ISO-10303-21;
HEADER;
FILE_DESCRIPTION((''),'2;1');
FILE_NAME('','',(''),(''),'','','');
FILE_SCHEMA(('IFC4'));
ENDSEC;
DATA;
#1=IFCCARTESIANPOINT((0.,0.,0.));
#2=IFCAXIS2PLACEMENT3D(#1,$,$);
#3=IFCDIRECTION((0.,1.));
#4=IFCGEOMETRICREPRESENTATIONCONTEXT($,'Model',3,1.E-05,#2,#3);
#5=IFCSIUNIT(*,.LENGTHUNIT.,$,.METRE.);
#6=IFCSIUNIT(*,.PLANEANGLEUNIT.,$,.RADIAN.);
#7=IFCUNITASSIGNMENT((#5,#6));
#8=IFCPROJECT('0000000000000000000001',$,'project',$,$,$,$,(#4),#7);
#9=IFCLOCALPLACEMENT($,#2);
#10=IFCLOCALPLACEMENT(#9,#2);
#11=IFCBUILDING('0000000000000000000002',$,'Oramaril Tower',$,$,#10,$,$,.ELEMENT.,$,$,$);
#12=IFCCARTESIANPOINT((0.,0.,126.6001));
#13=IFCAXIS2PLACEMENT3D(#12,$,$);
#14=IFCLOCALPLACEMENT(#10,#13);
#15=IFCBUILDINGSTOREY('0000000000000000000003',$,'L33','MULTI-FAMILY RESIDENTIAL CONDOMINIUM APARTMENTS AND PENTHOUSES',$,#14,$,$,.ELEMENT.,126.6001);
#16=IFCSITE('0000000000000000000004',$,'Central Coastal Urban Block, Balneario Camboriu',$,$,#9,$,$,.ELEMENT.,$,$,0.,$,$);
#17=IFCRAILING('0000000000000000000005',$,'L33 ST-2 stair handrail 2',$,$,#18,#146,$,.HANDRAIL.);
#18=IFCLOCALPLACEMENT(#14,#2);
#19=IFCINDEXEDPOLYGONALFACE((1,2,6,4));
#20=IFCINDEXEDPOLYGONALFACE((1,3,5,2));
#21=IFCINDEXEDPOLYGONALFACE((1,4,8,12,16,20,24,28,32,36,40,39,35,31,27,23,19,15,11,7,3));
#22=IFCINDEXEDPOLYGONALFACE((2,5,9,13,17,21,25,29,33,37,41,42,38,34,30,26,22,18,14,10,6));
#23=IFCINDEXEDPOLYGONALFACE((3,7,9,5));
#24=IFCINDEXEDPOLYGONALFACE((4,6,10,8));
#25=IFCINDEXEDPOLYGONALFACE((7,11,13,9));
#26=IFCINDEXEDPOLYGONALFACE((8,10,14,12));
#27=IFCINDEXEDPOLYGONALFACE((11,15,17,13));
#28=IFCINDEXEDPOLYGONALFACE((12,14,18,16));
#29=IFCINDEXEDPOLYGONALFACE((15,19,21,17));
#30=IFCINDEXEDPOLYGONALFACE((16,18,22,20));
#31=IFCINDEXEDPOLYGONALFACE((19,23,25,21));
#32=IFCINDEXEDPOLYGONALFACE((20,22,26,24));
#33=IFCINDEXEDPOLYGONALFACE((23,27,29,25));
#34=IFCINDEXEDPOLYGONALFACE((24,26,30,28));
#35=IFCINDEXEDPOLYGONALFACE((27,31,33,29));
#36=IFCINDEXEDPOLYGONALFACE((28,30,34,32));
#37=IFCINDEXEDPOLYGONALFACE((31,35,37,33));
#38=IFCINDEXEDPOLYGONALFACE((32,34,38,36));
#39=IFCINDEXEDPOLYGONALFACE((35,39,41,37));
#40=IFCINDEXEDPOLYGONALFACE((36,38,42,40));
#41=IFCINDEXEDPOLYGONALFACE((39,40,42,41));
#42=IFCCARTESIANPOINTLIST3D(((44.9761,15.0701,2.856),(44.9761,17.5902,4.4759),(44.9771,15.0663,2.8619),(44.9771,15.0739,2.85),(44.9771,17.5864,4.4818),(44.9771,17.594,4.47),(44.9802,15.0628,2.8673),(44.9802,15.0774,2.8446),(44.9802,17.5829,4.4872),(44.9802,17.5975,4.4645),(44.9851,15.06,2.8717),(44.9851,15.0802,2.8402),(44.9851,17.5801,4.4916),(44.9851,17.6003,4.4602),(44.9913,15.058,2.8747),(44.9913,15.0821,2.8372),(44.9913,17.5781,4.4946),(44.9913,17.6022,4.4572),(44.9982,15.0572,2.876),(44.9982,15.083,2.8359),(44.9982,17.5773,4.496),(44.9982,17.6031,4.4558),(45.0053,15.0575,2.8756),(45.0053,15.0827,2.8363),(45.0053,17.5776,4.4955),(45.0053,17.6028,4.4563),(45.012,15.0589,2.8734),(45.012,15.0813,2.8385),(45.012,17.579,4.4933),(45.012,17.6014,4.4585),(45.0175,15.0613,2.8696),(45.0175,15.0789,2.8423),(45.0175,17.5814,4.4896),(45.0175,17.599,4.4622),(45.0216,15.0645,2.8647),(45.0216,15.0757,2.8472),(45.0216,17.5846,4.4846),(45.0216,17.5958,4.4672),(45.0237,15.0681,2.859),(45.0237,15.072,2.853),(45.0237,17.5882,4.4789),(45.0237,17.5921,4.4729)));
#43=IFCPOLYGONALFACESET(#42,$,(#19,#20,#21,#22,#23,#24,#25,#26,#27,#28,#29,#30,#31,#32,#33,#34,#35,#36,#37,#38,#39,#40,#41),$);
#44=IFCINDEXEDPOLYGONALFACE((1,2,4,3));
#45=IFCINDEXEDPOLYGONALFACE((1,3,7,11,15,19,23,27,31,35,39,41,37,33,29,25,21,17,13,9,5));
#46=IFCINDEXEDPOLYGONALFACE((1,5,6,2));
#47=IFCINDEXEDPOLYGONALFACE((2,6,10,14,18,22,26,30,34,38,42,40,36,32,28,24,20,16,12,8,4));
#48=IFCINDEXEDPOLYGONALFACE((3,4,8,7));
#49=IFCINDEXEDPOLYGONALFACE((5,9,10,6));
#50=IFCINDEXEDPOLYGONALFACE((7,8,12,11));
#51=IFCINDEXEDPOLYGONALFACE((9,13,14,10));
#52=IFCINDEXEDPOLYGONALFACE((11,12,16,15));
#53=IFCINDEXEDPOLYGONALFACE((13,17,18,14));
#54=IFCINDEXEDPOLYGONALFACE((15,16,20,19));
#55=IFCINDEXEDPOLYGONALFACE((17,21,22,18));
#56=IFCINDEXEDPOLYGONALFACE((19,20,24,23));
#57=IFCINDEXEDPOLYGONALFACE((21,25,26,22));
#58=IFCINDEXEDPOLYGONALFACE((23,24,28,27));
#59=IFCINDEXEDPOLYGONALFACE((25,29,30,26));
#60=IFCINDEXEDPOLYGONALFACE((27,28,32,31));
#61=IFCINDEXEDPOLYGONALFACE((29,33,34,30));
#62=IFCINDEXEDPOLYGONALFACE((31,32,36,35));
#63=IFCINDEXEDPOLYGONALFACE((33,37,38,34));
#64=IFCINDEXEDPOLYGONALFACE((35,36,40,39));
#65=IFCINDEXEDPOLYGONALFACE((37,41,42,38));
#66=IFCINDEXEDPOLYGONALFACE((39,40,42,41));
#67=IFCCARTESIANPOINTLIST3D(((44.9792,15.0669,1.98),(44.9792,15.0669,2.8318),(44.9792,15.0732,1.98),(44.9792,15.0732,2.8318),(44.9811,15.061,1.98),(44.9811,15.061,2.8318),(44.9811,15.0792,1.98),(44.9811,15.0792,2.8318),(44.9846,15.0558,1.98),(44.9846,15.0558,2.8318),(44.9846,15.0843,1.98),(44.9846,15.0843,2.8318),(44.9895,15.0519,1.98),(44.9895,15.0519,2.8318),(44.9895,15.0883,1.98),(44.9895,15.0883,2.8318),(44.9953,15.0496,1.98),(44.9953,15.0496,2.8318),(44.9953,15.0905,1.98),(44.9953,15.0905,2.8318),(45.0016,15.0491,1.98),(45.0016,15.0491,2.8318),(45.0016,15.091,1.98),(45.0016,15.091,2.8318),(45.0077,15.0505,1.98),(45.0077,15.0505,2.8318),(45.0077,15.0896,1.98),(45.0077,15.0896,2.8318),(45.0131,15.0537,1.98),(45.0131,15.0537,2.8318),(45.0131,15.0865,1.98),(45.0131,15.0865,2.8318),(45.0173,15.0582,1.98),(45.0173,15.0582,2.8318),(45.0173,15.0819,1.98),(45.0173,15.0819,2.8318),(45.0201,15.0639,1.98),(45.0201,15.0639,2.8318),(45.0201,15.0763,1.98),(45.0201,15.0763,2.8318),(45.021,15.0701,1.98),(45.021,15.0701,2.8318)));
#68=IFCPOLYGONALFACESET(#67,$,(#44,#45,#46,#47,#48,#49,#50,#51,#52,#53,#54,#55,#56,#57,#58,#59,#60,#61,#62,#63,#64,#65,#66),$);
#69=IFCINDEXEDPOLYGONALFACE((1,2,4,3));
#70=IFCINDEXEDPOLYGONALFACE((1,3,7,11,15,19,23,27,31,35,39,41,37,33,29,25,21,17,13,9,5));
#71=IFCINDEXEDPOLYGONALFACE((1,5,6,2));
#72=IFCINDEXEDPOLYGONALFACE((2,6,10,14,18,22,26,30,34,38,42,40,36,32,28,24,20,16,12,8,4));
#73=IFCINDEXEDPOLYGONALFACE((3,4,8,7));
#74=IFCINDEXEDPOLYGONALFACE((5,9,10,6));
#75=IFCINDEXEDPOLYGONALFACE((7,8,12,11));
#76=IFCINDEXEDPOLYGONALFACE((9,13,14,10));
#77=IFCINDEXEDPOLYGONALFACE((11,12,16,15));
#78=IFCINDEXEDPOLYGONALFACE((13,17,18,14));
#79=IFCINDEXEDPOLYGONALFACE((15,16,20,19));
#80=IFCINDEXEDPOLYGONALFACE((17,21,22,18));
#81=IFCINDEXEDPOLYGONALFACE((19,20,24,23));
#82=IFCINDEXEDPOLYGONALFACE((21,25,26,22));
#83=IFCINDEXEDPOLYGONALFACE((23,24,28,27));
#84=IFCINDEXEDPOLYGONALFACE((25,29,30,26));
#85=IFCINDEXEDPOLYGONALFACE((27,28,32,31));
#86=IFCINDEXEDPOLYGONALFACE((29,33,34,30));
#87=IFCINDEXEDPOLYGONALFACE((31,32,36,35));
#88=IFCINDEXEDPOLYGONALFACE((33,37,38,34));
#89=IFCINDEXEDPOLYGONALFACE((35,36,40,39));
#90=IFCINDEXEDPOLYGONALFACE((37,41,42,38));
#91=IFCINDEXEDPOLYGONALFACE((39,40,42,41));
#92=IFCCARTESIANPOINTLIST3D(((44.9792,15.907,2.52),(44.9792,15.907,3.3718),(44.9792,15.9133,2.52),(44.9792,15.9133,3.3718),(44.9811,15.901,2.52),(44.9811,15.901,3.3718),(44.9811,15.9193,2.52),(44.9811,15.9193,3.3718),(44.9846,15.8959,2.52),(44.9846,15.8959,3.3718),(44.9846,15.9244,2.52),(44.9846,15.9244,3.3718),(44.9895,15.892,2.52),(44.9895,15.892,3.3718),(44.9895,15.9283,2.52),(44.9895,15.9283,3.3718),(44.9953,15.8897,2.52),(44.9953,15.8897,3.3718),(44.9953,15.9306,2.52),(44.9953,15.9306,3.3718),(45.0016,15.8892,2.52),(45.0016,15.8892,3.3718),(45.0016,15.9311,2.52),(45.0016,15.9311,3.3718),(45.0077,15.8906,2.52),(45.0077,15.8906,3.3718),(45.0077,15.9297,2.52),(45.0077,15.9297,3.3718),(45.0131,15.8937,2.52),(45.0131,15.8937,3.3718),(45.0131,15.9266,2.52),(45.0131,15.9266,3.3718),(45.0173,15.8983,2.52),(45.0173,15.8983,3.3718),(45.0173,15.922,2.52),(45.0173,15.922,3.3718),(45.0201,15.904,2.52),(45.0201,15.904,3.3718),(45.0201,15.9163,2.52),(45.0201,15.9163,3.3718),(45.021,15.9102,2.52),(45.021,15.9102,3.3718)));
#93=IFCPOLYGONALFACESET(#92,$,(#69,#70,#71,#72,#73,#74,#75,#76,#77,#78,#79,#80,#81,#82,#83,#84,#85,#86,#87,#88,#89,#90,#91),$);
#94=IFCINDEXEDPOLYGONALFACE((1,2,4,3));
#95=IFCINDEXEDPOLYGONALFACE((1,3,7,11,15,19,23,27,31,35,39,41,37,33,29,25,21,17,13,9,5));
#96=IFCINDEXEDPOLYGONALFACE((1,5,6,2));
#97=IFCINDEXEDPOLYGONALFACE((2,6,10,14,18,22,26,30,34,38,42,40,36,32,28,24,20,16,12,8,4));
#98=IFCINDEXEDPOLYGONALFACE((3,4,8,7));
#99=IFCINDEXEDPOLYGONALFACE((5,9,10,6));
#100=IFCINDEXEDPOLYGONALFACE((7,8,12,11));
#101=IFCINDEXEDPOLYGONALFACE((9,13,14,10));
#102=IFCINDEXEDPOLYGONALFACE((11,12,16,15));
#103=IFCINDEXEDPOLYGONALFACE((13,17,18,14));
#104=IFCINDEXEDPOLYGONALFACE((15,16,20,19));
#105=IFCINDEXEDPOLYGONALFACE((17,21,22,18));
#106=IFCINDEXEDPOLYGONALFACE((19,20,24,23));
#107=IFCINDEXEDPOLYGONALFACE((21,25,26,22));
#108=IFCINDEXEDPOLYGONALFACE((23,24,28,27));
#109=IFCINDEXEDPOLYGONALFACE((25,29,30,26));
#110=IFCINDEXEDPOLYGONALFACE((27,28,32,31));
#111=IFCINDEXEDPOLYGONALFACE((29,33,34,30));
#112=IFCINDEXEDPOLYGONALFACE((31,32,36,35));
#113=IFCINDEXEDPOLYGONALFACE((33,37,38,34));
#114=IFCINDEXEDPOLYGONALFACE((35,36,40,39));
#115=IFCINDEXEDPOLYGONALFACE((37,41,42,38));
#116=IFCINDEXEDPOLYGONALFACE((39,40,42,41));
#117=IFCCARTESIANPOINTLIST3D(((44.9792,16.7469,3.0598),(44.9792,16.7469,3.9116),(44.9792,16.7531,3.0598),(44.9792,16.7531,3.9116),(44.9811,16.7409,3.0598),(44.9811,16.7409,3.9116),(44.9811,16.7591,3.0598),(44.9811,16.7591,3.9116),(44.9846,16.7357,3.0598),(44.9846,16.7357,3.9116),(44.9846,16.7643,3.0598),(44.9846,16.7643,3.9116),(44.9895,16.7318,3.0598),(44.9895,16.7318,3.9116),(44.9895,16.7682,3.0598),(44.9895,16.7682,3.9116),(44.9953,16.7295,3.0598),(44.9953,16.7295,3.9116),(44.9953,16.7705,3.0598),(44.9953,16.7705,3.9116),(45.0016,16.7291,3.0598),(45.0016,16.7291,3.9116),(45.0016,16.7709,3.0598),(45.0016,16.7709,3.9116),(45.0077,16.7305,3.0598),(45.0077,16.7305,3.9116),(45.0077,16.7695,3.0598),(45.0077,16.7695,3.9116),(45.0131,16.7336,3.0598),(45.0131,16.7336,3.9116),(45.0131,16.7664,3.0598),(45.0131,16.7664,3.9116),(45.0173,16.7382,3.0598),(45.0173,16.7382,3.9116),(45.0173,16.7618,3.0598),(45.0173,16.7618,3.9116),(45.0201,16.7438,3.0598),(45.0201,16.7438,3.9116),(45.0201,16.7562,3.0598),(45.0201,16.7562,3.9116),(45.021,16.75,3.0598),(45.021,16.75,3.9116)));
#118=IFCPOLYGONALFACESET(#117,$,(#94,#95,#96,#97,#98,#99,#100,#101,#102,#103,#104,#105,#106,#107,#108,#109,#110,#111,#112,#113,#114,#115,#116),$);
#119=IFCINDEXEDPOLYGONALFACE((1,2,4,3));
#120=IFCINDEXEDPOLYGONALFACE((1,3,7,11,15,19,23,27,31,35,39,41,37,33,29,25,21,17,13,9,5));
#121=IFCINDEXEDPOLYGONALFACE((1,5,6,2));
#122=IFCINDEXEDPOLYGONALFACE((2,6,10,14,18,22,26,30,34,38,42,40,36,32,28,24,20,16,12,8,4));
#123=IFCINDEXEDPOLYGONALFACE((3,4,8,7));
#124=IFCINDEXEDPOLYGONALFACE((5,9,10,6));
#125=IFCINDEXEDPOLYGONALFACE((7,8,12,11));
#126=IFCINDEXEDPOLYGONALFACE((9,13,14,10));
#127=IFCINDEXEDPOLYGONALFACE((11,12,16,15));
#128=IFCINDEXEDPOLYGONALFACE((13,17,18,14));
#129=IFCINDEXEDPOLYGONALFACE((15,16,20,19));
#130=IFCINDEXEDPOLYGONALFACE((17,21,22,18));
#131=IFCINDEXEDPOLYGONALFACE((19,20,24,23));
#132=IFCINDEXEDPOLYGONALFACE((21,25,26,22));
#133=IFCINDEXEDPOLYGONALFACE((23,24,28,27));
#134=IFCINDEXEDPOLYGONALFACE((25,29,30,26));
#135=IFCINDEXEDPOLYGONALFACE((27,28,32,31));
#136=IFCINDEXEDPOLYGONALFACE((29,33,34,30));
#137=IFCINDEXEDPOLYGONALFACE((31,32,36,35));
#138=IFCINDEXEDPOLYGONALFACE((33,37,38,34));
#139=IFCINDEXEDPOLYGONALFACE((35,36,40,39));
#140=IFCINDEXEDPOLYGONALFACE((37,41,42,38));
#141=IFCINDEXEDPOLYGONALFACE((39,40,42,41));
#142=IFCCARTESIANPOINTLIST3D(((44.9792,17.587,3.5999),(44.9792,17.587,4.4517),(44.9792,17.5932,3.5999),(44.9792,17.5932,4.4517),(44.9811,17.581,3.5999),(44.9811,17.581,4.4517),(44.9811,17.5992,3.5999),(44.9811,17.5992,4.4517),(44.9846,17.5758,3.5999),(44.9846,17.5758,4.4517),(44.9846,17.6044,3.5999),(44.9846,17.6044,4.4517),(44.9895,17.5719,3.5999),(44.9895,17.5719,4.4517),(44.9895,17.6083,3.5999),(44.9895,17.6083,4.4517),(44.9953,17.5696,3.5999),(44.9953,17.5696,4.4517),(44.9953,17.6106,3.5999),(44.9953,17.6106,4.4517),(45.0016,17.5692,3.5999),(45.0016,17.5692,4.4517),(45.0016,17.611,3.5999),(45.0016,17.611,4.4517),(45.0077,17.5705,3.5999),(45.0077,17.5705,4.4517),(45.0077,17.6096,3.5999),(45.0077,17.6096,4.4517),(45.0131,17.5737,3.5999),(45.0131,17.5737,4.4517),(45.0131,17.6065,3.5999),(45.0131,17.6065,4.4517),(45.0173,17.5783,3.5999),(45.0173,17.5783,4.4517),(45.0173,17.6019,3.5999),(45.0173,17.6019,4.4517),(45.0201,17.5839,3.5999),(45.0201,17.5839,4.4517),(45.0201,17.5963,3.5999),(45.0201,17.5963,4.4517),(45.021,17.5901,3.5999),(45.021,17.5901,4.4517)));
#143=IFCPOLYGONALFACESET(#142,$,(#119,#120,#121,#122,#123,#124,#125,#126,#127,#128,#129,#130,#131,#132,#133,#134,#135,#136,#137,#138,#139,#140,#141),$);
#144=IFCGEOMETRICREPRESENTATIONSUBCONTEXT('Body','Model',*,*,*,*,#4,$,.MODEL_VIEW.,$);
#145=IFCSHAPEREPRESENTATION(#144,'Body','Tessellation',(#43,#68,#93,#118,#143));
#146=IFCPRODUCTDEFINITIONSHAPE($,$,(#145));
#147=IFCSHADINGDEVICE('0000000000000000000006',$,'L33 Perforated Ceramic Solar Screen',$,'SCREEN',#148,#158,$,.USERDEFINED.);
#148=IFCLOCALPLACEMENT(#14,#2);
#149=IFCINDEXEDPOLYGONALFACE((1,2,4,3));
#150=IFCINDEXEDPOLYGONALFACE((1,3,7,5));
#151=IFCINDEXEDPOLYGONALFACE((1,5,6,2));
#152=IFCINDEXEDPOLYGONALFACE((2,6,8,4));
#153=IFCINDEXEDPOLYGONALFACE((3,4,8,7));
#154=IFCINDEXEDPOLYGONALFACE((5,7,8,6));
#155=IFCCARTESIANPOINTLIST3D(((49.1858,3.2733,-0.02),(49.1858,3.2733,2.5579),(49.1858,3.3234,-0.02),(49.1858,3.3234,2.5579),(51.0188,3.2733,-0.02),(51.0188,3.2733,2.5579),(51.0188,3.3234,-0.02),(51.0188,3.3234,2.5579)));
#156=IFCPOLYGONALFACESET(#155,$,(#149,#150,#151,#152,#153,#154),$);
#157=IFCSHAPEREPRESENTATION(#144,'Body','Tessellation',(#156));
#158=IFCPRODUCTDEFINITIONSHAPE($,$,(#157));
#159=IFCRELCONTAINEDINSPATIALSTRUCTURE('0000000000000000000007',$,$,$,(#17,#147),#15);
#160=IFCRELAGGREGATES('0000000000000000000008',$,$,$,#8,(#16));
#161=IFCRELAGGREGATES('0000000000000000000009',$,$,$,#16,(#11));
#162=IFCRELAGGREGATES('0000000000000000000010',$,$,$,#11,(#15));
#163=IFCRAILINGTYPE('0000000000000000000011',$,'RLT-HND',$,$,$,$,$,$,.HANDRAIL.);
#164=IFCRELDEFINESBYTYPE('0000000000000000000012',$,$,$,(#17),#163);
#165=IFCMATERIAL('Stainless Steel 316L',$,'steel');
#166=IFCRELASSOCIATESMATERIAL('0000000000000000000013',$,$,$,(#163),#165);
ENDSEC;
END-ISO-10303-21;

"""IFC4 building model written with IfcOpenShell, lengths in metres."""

from ifc_helpers import new_model, si_unit, direction, frame, origin, origin_2d, place, context, subcontext, project, spatial, rectangle, circle, extrude, material, type_object, element, save


model = new_model("IFC4")

# Units and contexts
model_context = context("Model", 3, precision=1e-05, world=origin(), true_north=direction((0.0, 1.0)))
body_context = subcontext(model_context, "Body", "Model", "MODEL_VIEW")
ifc_project = project(units=[si_unit("LENGTHUNIT", "METRE"), si_unit("PLANEANGLEUNIT", "RADIAN")], contexts=[model_context])

# Site, building, storey
site_placement = place(None, origin())
site = spatial("IfcSite", under=ifc_project, at=site_placement, Name="Central Coastal Urban Block, Balneario Camboriu", CompositionType="ELEMENT", RefElevation=0.0)
building_placement = place(site_placement, origin())
building = spatial("IfcBuilding", under=site, at=building_placement, Name="Oramaril Tower", CompositionType="ELEMENT")
storey_placement = place(building_placement, frame((0.0, 0.0, 126.6001)))
storey = spatial("IfcBuildingStorey", under=building, at=storey_placement, Name="L33", Description="MULTI-FAMILY RESIDENTIAL CONDOMINIUM APARTMENTS AND PENTHOUSES", CompositionType="ELEMENT", Elevation=126.6001)

# Railing
ifc_material_1 = material(Name="Stainless Steel 316L", Category="steel")
railing_type_1 = type_object("IfcRailingType", Name="RLT-HND", PredefinedType="HANDRAIL", material=ifc_material_1)
railing_1_placement = place(storey_placement, frame((45.0, 15.0701, 1.98)))
element("IfcRailing", 1, at=railing_1_placement, inside=storey, type_object=railing_type_1, Name="L33 ST-2 stair handrail 2", PredefinedType="HANDRAIL", context=body_context, shape_type="SweptSolid", body=[
    extrude(circle(Radius=0.0239, at=origin_2d()), frame((0.0, 0.0, 0.876), z_axis=(0.0, 0.8412, 0.540725), x_axis=(-1.0, 0.0, 0.0)), (0.0, 0.0, 1.0), 2.9958),
    extrude(circle(Radius=0.021, at=origin_2d()), origin(), (0.0, 0.0, 1.0), 0.8518),
    extrude(circle(Radius=0.021, at=origin_2d()), frame((0.0, 0.8401, 0.54)), (0.0, 0.0, 1.0), 0.8518),
    extrude(circle(Radius=0.021, at=origin_2d()), frame((0.0, 1.6799, 1.0798)), (0.0, 0.0, 1.0), 0.8518),
    extrude(circle(Radius=0.021, at=origin_2d()), frame((0.0, 2.52, 1.6199)), (0.0, 0.0, 1.0), 0.8518),
])

# Shading device
shading_device_placement = place(storey_placement, frame((50.1023, 3.2983, -0.02), z_axis=(0.0, 0.0, 1.0), x_axis=(1.0, 0.0, 0.0)))
element("IfcShadingDevice", 2, at=shading_device_placement, inside=storey, Name="L33 Perforated Ceramic Solar Screen", ObjectType="SCREEN", PredefinedType="USERDEFINED", context=body_context, shape_type="SweptSolid", body=[
    extrude(rectangle(XDim=1.833, YDim=0.05, at=origin_2d()), origin(), (0.0, 0.0, 1.0), 2.5779),
])

save(model, "model.ifc")
